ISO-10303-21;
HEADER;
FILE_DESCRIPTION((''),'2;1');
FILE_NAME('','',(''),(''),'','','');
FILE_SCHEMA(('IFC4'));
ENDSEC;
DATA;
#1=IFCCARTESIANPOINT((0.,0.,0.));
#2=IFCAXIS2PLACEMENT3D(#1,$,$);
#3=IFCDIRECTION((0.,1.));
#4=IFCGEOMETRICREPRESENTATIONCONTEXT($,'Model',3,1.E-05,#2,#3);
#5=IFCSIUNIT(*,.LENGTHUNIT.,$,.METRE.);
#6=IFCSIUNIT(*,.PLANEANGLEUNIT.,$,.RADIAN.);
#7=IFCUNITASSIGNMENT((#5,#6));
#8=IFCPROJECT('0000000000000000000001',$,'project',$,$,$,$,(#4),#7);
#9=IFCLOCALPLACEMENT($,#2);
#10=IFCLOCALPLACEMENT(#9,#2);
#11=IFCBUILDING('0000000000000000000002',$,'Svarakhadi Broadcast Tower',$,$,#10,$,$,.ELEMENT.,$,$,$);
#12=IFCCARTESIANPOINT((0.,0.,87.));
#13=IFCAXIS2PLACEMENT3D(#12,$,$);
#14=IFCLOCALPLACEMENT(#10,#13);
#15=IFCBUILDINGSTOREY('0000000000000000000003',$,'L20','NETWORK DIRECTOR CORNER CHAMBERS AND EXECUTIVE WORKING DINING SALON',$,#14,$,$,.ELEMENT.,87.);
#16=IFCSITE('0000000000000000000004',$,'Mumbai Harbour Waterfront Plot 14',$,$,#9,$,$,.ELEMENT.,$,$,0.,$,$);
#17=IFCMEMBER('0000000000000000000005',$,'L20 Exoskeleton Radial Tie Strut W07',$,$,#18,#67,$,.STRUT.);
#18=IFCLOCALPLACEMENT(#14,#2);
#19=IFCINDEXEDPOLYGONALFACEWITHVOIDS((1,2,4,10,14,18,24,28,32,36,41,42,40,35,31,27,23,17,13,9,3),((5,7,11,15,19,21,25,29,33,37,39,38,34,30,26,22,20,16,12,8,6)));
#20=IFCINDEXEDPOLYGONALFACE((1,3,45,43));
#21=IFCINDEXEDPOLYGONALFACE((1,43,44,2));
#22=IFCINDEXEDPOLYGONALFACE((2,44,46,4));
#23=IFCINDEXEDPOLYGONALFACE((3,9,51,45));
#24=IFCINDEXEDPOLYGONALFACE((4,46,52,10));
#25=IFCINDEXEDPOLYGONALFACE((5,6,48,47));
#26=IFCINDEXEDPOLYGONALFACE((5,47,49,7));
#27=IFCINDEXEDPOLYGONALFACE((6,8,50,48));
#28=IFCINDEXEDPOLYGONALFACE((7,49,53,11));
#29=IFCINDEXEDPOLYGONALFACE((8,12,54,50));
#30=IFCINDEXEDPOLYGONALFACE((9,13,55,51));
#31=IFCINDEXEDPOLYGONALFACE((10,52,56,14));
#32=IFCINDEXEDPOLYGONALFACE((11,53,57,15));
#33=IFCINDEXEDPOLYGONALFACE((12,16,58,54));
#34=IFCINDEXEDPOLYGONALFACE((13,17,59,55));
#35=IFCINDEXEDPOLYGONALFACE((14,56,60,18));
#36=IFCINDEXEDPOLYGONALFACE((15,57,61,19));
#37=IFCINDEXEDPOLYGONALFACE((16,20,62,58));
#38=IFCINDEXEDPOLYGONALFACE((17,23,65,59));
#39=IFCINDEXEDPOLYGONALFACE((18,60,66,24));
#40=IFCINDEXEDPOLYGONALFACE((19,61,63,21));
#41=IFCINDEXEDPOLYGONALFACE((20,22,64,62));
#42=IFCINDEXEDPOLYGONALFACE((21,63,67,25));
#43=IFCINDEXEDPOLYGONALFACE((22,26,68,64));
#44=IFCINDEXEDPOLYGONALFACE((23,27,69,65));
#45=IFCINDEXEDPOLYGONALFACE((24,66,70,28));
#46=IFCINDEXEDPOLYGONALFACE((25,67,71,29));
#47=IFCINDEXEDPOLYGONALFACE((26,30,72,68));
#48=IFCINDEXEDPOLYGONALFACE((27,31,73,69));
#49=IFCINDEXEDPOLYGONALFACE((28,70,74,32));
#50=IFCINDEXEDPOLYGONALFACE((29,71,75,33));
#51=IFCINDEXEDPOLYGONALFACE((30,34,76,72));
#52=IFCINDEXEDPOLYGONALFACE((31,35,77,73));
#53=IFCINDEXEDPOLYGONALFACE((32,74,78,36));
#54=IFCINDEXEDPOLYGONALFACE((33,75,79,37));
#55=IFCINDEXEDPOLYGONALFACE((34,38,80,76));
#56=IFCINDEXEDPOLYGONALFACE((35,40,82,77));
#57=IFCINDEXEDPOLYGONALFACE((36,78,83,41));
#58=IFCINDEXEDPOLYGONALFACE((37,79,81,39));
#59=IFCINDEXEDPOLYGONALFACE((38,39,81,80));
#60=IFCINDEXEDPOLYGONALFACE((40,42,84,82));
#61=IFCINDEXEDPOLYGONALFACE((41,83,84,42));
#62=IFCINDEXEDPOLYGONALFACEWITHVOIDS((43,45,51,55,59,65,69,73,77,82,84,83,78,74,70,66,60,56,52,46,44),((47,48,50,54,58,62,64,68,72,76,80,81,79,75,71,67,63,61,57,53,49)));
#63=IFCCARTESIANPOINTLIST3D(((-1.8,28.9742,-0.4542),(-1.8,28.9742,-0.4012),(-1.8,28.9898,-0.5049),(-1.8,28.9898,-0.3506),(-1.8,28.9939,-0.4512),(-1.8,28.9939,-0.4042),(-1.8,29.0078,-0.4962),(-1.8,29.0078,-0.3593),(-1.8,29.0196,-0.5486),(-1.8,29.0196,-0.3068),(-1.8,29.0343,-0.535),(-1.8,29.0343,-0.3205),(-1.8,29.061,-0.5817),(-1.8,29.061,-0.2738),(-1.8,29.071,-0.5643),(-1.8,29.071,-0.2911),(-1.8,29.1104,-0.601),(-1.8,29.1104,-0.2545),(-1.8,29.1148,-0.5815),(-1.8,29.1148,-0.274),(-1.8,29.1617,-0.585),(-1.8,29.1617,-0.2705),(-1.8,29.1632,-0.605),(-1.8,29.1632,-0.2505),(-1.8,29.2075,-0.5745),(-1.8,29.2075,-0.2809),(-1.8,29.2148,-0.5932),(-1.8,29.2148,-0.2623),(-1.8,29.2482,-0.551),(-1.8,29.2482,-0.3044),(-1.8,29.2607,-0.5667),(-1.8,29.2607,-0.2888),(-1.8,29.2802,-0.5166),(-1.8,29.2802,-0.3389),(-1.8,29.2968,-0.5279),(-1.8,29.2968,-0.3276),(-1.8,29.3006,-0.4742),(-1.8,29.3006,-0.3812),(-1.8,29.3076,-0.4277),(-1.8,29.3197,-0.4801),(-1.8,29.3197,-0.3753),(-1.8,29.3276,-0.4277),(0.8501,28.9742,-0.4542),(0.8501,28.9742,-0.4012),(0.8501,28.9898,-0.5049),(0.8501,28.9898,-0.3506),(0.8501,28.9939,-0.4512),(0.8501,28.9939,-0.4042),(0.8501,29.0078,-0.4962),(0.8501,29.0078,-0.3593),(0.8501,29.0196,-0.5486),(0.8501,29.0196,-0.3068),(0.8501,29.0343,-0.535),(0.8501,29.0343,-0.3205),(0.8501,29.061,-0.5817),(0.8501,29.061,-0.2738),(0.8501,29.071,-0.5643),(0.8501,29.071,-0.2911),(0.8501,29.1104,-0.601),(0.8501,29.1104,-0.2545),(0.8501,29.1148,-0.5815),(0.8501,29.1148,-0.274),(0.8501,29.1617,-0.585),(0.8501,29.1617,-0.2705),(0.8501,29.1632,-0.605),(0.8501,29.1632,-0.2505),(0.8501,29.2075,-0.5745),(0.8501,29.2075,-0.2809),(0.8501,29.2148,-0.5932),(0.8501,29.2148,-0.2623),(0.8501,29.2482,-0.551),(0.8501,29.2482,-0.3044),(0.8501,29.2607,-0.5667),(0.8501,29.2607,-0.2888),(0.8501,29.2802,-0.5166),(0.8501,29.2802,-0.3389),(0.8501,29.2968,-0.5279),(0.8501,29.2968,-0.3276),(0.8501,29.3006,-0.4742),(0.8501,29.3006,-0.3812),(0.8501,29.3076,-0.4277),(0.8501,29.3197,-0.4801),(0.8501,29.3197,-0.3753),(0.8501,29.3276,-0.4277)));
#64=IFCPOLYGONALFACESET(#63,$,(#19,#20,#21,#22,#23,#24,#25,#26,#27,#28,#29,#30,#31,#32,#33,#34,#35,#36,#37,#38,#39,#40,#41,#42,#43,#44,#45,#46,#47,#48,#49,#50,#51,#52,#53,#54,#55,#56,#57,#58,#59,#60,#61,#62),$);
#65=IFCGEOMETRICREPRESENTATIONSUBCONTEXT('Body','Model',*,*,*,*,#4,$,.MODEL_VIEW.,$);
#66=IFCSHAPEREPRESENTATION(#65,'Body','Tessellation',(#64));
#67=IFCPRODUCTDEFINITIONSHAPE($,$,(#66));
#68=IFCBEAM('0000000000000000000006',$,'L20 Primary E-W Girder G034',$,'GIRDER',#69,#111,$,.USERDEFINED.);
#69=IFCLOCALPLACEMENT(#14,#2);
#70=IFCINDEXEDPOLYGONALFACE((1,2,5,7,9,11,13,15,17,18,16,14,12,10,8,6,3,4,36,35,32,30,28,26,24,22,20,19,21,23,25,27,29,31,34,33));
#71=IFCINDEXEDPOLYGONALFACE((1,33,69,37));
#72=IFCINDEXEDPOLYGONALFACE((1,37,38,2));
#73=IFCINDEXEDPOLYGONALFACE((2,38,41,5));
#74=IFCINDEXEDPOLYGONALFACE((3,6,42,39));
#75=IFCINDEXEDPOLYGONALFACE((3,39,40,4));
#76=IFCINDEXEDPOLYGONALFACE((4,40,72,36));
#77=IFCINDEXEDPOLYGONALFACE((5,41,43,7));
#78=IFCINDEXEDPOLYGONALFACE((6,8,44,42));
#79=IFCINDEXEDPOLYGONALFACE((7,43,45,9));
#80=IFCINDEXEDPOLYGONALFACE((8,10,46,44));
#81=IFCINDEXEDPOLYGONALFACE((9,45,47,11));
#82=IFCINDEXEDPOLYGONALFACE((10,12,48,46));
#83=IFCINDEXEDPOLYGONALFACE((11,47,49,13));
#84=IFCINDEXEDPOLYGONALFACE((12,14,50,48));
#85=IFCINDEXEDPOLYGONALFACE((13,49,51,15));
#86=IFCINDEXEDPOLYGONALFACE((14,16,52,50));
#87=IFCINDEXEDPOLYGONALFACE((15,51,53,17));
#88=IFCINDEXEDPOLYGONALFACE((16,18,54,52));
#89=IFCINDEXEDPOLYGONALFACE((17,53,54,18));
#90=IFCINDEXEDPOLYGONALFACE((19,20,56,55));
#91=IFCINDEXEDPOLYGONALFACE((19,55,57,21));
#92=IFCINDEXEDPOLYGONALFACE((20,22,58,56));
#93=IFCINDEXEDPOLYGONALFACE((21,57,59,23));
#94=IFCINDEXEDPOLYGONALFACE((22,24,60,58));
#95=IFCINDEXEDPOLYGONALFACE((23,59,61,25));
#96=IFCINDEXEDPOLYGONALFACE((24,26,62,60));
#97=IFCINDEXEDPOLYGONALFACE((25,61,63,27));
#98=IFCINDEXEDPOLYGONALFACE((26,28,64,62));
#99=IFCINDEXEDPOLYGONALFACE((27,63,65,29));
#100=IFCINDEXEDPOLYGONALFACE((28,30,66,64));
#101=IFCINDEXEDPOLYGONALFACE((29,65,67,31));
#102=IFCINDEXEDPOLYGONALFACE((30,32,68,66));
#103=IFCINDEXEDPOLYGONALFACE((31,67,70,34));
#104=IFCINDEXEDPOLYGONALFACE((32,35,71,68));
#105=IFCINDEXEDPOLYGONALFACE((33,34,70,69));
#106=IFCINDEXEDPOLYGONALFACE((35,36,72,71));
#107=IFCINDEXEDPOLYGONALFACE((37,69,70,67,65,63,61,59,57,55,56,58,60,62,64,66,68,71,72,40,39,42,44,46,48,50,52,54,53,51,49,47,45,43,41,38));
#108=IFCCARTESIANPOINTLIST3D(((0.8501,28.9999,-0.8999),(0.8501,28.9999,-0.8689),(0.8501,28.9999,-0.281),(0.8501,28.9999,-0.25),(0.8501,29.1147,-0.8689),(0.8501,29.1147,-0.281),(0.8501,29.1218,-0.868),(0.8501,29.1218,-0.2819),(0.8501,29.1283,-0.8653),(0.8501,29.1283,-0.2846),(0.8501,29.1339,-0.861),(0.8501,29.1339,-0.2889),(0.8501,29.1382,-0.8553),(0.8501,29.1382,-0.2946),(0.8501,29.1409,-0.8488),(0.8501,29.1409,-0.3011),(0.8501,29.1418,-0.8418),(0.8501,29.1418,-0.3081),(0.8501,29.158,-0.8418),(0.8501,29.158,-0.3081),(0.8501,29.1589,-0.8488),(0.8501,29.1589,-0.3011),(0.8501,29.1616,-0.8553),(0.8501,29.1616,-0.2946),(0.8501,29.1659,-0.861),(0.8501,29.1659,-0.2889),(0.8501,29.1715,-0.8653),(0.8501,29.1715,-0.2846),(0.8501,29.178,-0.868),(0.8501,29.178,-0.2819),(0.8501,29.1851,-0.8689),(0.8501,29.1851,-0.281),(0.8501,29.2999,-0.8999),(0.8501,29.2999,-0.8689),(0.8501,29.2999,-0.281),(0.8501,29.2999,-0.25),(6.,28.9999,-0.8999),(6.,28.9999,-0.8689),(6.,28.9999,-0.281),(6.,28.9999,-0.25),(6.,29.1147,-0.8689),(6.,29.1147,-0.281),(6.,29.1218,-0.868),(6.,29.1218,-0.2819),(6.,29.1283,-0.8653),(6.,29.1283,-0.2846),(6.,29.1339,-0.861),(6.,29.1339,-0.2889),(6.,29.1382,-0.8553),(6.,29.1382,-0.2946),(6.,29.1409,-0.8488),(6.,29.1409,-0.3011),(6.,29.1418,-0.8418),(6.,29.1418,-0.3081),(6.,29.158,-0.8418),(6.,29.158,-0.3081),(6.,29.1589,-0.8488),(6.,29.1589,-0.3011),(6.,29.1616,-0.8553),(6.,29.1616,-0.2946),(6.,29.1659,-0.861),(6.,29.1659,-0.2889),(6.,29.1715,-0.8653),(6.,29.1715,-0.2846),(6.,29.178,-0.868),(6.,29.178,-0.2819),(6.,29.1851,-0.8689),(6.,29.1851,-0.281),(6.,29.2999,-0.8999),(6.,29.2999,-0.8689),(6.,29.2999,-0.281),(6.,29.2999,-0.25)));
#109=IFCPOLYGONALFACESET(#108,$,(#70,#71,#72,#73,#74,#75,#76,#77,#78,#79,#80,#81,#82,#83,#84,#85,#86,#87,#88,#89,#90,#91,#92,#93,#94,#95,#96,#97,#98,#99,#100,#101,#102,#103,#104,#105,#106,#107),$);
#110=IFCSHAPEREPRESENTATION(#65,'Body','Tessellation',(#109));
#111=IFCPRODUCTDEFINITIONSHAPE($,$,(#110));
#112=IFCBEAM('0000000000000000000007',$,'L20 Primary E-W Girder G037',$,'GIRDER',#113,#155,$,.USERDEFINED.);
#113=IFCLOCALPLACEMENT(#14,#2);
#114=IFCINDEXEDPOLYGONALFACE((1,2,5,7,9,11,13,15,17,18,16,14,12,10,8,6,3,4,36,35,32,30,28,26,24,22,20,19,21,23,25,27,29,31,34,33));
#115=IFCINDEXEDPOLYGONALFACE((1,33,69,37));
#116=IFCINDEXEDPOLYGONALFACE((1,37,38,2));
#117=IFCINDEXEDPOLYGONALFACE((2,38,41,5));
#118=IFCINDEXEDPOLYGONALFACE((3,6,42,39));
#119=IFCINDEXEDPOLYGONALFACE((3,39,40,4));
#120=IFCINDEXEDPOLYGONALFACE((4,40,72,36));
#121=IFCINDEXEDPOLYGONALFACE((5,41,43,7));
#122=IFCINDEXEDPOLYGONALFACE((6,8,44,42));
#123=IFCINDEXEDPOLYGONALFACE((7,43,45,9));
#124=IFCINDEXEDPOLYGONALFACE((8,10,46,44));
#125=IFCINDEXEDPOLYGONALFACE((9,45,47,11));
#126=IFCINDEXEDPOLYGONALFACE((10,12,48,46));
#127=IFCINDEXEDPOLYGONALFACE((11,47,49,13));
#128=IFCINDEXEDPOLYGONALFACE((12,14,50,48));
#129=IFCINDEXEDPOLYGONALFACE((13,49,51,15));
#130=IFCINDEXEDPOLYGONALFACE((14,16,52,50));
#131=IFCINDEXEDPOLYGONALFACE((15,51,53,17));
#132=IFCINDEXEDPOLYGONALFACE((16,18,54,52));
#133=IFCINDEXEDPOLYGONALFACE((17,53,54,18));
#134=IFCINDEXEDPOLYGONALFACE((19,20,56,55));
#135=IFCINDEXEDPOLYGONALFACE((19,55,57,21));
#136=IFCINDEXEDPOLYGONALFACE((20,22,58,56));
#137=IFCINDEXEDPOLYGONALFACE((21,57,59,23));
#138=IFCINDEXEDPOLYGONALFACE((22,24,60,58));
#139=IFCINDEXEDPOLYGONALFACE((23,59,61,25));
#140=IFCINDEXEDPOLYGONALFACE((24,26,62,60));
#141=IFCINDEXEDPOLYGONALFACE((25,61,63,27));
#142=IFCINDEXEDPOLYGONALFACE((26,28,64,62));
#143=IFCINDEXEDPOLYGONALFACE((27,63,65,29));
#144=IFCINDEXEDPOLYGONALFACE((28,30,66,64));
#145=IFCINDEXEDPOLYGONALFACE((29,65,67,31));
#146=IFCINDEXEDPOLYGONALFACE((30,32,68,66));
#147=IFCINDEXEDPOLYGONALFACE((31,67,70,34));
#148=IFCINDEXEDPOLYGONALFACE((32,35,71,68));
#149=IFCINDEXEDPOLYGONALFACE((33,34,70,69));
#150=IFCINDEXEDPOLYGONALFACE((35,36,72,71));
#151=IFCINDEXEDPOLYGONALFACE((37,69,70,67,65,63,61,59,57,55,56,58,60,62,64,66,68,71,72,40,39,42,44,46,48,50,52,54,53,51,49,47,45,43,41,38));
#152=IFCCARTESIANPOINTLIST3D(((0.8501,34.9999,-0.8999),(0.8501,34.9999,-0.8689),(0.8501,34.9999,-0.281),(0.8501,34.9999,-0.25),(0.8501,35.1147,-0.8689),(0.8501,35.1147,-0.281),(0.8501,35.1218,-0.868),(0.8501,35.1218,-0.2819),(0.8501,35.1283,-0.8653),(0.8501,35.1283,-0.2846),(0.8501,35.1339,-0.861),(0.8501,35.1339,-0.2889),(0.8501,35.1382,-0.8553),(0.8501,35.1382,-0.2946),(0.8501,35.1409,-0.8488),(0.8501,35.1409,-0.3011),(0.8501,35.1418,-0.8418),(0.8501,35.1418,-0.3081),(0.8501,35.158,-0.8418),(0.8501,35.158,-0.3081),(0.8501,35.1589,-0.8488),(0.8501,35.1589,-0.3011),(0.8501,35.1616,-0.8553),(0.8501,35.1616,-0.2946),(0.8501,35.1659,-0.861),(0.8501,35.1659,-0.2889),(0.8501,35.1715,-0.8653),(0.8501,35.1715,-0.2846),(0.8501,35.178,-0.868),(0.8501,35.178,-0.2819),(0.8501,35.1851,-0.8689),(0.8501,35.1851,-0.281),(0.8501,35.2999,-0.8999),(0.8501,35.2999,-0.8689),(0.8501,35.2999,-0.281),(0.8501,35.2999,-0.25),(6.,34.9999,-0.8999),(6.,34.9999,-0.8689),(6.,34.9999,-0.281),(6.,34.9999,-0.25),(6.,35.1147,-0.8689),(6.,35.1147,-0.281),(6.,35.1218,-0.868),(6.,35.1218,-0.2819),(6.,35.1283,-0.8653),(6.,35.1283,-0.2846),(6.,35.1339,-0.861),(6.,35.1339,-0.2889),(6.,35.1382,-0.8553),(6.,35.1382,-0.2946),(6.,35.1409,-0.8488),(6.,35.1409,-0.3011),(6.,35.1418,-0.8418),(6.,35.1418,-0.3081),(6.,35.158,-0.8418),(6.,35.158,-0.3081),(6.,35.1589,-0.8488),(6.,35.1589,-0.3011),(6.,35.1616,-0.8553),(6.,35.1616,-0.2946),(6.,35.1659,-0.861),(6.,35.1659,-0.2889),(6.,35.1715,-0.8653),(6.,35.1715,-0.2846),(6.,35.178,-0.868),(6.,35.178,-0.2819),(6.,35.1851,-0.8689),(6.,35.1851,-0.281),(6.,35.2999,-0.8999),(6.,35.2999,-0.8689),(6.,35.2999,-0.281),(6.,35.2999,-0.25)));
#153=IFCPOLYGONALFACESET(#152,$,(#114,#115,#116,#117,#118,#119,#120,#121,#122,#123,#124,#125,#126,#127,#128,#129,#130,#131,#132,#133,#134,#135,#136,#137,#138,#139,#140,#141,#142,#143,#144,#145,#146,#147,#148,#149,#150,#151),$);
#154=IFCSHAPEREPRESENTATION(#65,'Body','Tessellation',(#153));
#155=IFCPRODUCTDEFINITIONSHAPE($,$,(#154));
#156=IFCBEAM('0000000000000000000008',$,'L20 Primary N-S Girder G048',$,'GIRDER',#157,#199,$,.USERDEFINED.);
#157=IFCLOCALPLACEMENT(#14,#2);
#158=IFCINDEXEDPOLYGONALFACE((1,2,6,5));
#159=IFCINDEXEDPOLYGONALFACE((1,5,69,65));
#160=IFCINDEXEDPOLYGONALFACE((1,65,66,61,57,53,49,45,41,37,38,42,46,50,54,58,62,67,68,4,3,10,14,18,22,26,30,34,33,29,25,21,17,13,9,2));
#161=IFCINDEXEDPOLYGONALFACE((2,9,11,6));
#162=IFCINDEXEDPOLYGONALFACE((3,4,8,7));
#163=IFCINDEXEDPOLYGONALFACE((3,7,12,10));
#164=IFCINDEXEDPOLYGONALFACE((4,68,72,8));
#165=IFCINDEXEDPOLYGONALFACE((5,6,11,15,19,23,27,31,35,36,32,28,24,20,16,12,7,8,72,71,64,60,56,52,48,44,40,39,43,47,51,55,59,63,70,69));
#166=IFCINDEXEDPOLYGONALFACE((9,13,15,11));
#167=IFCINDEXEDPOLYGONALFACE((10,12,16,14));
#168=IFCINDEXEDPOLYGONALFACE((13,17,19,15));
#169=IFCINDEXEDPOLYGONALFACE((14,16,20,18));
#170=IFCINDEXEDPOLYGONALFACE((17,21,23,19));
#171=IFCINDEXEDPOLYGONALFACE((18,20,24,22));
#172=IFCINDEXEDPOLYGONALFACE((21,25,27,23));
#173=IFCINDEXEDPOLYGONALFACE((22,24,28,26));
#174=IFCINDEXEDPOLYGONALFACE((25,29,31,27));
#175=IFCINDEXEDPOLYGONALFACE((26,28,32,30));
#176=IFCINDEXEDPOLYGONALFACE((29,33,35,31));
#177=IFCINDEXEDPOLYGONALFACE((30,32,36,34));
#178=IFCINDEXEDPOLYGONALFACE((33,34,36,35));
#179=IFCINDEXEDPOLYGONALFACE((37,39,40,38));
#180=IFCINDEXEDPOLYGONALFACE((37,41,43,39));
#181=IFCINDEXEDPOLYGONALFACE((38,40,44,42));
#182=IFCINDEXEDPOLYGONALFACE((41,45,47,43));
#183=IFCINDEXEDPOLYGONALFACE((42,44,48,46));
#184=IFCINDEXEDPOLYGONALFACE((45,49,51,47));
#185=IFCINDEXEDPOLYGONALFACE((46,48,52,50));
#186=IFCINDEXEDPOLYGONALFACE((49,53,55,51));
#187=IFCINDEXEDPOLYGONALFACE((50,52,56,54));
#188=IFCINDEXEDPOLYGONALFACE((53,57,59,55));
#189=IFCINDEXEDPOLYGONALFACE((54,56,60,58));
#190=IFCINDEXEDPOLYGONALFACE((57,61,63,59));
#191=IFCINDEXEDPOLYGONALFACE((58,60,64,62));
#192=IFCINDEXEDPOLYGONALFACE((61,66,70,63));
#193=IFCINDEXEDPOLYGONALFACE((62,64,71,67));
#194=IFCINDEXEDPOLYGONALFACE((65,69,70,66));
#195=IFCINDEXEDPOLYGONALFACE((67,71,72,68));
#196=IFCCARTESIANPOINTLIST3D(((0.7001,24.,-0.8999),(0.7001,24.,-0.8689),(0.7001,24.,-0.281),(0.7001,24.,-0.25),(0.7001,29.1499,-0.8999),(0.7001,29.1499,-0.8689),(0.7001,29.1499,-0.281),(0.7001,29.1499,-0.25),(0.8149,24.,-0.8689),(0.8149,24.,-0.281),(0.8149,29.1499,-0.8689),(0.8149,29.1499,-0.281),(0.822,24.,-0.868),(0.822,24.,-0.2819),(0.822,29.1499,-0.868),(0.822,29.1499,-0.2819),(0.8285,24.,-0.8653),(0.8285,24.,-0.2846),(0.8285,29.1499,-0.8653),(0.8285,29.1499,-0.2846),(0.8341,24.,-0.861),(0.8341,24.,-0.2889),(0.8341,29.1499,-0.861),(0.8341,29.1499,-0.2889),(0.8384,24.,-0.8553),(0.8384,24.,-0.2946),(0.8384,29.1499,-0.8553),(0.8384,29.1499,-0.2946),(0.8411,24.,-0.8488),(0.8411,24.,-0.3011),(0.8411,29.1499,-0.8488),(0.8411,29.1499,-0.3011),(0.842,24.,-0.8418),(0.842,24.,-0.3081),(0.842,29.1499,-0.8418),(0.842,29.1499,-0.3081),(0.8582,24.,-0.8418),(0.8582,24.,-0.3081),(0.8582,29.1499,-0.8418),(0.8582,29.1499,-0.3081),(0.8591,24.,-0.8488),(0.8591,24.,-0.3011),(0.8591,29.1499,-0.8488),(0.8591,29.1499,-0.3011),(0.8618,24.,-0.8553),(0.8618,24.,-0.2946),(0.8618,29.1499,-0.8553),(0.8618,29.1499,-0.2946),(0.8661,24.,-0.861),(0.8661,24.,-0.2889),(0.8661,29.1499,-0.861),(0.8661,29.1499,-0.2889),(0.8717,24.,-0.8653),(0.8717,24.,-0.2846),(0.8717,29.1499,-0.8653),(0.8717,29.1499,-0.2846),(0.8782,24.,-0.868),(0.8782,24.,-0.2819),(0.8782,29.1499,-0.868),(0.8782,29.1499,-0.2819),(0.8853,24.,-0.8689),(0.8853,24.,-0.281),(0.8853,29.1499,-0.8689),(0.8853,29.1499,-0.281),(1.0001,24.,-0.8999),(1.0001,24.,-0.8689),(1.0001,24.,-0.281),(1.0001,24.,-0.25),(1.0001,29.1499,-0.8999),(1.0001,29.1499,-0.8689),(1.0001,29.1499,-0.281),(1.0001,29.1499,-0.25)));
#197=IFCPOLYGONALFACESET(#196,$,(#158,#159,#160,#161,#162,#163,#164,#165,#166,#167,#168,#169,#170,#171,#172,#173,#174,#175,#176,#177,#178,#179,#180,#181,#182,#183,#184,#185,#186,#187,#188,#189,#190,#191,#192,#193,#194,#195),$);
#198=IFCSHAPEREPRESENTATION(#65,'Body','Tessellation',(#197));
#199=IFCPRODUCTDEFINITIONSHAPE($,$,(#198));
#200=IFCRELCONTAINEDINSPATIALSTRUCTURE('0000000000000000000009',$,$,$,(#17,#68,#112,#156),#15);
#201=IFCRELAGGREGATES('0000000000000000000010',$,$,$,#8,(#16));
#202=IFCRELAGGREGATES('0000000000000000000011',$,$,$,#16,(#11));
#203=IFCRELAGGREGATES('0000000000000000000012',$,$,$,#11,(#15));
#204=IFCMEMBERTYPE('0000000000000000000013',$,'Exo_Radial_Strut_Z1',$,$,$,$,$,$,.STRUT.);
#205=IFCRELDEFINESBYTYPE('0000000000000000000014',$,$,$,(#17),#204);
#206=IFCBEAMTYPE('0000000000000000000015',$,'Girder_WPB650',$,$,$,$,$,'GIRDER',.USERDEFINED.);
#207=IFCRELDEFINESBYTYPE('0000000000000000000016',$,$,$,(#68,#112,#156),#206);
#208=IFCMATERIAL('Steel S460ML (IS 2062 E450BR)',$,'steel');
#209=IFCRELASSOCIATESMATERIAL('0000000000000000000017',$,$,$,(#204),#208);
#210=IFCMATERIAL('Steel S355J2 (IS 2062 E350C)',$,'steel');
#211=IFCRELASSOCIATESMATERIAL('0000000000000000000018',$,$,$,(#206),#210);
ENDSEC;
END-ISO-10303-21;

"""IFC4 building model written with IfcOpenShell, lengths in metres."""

from ifc_helpers import new_model, si_unit, direction, frame, origin, origin_2d, place, context, subcontext, project, spatial, hollow_circle, i_section, extrude, material, material_profile, profile_set, type_object, element, save


model = new_model("IFC4")

# Units and contexts
model_context = context("Model", 3, precision=1e-05, world=origin(), true_north=direction((0.0, 1.0)))
body_context = subcontext(model_context, "Body", "Model", "MODEL_VIEW")
ifc_project = project(units=[si_unit("LENGTHUNIT", "METRE"), si_unit("PLANEANGLEUNIT", "RADIAN")], contexts=[model_context])

# Site, building, storey
site_placement = place(None, origin())
site = spatial("IfcSite", under=ifc_project, at=site_placement, Name="Mumbai Harbour Waterfront Plot 14", CompositionType="ELEMENT", RefElevation=0.0)
building_placement = place(site_placement, origin())
building = spatial("IfcBuilding", under=site, at=building_placement, Name="Svarakhadi Broadcast Tower", CompositionType="ELEMENT")
storey_placement = place(building_placement, frame((0.0, 0.0, 87.0)))
storey = spatial("IfcBuildingStorey", under=building, at=storey_placement, Name="L20", Description="NETWORK DIRECTOR CORNER CHAMBERS AND EXECUTIVE WORKING DINING SALON", CompositionType="ELEMENT", Elevation=87.0)

# Shared definitions
ifc_material_1 = material(Name="Steel S460ML (IS 2062 E450BR)", Category="steel")

# Shared definitions
ifc_material_2 = material(Name="Steel S355J2 (IS 2062 E350C)", Category="steel")

# Member
ifc_material_profile_1 = material_profile(ifc_material_1, hollow_circle(Radius=0.1777, WallThickness=0.02, at=origin_2d()), Name="CHS 355.6x20")
ifc_profile_set_1 = profile_set([ifc_material_profile_1], Name="Steel S460ML (IS 2062 E450BR)")
member_type_1 = type_object("IfcMemberType", Name="Exo_Radial_Strut_Z1", PredefinedType="STRUT", material=ifc_profile_set_1)
member_1_placement = place(storey_placement, frame((-1.8, 29.1499, -0.4277), z_axis=(1.0, 0.0, 0.0), x_axis=(0.0, 1.0, 0.0)))
element("IfcMember", 1, at=member_1_placement, inside=storey, type_object=member_type_1, Name="L20 Exoskeleton Radial Tie Strut W07", PredefinedType="STRUT", context=body_context, shape_type="SweptSolid", body=[
    extrude(hollow_circle(Radius=0.1777, WallThickness=0.02, at=origin_2d()), origin(), (0.0, 0.0, 1.0), 2.6501),
])

# Beams
ifc_material_profile_2 = material_profile(ifc_material_2, i_section(OverallWidth=0.3, OverallDepth=0.6499, WebThickness=0.0161, FlangeThickness=0.031, FilletRadius=0.0271, at=origin_2d()), Name="WPB 650x300x225")
ifc_profile_set_2 = profile_set([ifc_material_profile_2], Name="Steel S355J2 (IS 2062 E350C)")
beam_type_1 = type_object("IfcBeamType", Name="Girder_WPB650", ElementType="GIRDER", PredefinedType="USERDEFINED", material=ifc_profile_set_2)
for number, where, z_axis, x_axis, name in (
    (2, (0.8501, 29.1499, -0.575), (1.0, 0.0, 0.0), (0.0, 1.0, 0.0), "L20 Primary E-W Girder G034"),
    (3, (0.8501, 35.1499, -0.575), (1.0, 0.0, 0.0), (0.0, 1.0, 0.0), "L20 Primary E-W Girder G037"),
    (4, (0.8501, 24.0, -0.575), (0.0, 1.0, 0.0), (-1.0, 0.0, 0.0), "L20 Primary N-S Girder G048"),
):
    element("IfcBeam", number, at=place(storey_placement, frame(where, z_axis=z_axis, x_axis=x_axis)), inside=storey, type_object=beam_type_1, Name=name, ObjectType="GIRDER", PredefinedType="USERDEFINED", context=body_context, shape_type="SweptSolid", body=[
        extrude(i_section(OverallWidth=0.3, OverallDepth=0.6499, WebThickness=0.0161, FlangeThickness=0.031, FilletRadius=0.0271, at=origin_2d()), origin(), (0.0, 0.0, 1.0), 5.1499),
    ])

save(model, "model.ifc")
